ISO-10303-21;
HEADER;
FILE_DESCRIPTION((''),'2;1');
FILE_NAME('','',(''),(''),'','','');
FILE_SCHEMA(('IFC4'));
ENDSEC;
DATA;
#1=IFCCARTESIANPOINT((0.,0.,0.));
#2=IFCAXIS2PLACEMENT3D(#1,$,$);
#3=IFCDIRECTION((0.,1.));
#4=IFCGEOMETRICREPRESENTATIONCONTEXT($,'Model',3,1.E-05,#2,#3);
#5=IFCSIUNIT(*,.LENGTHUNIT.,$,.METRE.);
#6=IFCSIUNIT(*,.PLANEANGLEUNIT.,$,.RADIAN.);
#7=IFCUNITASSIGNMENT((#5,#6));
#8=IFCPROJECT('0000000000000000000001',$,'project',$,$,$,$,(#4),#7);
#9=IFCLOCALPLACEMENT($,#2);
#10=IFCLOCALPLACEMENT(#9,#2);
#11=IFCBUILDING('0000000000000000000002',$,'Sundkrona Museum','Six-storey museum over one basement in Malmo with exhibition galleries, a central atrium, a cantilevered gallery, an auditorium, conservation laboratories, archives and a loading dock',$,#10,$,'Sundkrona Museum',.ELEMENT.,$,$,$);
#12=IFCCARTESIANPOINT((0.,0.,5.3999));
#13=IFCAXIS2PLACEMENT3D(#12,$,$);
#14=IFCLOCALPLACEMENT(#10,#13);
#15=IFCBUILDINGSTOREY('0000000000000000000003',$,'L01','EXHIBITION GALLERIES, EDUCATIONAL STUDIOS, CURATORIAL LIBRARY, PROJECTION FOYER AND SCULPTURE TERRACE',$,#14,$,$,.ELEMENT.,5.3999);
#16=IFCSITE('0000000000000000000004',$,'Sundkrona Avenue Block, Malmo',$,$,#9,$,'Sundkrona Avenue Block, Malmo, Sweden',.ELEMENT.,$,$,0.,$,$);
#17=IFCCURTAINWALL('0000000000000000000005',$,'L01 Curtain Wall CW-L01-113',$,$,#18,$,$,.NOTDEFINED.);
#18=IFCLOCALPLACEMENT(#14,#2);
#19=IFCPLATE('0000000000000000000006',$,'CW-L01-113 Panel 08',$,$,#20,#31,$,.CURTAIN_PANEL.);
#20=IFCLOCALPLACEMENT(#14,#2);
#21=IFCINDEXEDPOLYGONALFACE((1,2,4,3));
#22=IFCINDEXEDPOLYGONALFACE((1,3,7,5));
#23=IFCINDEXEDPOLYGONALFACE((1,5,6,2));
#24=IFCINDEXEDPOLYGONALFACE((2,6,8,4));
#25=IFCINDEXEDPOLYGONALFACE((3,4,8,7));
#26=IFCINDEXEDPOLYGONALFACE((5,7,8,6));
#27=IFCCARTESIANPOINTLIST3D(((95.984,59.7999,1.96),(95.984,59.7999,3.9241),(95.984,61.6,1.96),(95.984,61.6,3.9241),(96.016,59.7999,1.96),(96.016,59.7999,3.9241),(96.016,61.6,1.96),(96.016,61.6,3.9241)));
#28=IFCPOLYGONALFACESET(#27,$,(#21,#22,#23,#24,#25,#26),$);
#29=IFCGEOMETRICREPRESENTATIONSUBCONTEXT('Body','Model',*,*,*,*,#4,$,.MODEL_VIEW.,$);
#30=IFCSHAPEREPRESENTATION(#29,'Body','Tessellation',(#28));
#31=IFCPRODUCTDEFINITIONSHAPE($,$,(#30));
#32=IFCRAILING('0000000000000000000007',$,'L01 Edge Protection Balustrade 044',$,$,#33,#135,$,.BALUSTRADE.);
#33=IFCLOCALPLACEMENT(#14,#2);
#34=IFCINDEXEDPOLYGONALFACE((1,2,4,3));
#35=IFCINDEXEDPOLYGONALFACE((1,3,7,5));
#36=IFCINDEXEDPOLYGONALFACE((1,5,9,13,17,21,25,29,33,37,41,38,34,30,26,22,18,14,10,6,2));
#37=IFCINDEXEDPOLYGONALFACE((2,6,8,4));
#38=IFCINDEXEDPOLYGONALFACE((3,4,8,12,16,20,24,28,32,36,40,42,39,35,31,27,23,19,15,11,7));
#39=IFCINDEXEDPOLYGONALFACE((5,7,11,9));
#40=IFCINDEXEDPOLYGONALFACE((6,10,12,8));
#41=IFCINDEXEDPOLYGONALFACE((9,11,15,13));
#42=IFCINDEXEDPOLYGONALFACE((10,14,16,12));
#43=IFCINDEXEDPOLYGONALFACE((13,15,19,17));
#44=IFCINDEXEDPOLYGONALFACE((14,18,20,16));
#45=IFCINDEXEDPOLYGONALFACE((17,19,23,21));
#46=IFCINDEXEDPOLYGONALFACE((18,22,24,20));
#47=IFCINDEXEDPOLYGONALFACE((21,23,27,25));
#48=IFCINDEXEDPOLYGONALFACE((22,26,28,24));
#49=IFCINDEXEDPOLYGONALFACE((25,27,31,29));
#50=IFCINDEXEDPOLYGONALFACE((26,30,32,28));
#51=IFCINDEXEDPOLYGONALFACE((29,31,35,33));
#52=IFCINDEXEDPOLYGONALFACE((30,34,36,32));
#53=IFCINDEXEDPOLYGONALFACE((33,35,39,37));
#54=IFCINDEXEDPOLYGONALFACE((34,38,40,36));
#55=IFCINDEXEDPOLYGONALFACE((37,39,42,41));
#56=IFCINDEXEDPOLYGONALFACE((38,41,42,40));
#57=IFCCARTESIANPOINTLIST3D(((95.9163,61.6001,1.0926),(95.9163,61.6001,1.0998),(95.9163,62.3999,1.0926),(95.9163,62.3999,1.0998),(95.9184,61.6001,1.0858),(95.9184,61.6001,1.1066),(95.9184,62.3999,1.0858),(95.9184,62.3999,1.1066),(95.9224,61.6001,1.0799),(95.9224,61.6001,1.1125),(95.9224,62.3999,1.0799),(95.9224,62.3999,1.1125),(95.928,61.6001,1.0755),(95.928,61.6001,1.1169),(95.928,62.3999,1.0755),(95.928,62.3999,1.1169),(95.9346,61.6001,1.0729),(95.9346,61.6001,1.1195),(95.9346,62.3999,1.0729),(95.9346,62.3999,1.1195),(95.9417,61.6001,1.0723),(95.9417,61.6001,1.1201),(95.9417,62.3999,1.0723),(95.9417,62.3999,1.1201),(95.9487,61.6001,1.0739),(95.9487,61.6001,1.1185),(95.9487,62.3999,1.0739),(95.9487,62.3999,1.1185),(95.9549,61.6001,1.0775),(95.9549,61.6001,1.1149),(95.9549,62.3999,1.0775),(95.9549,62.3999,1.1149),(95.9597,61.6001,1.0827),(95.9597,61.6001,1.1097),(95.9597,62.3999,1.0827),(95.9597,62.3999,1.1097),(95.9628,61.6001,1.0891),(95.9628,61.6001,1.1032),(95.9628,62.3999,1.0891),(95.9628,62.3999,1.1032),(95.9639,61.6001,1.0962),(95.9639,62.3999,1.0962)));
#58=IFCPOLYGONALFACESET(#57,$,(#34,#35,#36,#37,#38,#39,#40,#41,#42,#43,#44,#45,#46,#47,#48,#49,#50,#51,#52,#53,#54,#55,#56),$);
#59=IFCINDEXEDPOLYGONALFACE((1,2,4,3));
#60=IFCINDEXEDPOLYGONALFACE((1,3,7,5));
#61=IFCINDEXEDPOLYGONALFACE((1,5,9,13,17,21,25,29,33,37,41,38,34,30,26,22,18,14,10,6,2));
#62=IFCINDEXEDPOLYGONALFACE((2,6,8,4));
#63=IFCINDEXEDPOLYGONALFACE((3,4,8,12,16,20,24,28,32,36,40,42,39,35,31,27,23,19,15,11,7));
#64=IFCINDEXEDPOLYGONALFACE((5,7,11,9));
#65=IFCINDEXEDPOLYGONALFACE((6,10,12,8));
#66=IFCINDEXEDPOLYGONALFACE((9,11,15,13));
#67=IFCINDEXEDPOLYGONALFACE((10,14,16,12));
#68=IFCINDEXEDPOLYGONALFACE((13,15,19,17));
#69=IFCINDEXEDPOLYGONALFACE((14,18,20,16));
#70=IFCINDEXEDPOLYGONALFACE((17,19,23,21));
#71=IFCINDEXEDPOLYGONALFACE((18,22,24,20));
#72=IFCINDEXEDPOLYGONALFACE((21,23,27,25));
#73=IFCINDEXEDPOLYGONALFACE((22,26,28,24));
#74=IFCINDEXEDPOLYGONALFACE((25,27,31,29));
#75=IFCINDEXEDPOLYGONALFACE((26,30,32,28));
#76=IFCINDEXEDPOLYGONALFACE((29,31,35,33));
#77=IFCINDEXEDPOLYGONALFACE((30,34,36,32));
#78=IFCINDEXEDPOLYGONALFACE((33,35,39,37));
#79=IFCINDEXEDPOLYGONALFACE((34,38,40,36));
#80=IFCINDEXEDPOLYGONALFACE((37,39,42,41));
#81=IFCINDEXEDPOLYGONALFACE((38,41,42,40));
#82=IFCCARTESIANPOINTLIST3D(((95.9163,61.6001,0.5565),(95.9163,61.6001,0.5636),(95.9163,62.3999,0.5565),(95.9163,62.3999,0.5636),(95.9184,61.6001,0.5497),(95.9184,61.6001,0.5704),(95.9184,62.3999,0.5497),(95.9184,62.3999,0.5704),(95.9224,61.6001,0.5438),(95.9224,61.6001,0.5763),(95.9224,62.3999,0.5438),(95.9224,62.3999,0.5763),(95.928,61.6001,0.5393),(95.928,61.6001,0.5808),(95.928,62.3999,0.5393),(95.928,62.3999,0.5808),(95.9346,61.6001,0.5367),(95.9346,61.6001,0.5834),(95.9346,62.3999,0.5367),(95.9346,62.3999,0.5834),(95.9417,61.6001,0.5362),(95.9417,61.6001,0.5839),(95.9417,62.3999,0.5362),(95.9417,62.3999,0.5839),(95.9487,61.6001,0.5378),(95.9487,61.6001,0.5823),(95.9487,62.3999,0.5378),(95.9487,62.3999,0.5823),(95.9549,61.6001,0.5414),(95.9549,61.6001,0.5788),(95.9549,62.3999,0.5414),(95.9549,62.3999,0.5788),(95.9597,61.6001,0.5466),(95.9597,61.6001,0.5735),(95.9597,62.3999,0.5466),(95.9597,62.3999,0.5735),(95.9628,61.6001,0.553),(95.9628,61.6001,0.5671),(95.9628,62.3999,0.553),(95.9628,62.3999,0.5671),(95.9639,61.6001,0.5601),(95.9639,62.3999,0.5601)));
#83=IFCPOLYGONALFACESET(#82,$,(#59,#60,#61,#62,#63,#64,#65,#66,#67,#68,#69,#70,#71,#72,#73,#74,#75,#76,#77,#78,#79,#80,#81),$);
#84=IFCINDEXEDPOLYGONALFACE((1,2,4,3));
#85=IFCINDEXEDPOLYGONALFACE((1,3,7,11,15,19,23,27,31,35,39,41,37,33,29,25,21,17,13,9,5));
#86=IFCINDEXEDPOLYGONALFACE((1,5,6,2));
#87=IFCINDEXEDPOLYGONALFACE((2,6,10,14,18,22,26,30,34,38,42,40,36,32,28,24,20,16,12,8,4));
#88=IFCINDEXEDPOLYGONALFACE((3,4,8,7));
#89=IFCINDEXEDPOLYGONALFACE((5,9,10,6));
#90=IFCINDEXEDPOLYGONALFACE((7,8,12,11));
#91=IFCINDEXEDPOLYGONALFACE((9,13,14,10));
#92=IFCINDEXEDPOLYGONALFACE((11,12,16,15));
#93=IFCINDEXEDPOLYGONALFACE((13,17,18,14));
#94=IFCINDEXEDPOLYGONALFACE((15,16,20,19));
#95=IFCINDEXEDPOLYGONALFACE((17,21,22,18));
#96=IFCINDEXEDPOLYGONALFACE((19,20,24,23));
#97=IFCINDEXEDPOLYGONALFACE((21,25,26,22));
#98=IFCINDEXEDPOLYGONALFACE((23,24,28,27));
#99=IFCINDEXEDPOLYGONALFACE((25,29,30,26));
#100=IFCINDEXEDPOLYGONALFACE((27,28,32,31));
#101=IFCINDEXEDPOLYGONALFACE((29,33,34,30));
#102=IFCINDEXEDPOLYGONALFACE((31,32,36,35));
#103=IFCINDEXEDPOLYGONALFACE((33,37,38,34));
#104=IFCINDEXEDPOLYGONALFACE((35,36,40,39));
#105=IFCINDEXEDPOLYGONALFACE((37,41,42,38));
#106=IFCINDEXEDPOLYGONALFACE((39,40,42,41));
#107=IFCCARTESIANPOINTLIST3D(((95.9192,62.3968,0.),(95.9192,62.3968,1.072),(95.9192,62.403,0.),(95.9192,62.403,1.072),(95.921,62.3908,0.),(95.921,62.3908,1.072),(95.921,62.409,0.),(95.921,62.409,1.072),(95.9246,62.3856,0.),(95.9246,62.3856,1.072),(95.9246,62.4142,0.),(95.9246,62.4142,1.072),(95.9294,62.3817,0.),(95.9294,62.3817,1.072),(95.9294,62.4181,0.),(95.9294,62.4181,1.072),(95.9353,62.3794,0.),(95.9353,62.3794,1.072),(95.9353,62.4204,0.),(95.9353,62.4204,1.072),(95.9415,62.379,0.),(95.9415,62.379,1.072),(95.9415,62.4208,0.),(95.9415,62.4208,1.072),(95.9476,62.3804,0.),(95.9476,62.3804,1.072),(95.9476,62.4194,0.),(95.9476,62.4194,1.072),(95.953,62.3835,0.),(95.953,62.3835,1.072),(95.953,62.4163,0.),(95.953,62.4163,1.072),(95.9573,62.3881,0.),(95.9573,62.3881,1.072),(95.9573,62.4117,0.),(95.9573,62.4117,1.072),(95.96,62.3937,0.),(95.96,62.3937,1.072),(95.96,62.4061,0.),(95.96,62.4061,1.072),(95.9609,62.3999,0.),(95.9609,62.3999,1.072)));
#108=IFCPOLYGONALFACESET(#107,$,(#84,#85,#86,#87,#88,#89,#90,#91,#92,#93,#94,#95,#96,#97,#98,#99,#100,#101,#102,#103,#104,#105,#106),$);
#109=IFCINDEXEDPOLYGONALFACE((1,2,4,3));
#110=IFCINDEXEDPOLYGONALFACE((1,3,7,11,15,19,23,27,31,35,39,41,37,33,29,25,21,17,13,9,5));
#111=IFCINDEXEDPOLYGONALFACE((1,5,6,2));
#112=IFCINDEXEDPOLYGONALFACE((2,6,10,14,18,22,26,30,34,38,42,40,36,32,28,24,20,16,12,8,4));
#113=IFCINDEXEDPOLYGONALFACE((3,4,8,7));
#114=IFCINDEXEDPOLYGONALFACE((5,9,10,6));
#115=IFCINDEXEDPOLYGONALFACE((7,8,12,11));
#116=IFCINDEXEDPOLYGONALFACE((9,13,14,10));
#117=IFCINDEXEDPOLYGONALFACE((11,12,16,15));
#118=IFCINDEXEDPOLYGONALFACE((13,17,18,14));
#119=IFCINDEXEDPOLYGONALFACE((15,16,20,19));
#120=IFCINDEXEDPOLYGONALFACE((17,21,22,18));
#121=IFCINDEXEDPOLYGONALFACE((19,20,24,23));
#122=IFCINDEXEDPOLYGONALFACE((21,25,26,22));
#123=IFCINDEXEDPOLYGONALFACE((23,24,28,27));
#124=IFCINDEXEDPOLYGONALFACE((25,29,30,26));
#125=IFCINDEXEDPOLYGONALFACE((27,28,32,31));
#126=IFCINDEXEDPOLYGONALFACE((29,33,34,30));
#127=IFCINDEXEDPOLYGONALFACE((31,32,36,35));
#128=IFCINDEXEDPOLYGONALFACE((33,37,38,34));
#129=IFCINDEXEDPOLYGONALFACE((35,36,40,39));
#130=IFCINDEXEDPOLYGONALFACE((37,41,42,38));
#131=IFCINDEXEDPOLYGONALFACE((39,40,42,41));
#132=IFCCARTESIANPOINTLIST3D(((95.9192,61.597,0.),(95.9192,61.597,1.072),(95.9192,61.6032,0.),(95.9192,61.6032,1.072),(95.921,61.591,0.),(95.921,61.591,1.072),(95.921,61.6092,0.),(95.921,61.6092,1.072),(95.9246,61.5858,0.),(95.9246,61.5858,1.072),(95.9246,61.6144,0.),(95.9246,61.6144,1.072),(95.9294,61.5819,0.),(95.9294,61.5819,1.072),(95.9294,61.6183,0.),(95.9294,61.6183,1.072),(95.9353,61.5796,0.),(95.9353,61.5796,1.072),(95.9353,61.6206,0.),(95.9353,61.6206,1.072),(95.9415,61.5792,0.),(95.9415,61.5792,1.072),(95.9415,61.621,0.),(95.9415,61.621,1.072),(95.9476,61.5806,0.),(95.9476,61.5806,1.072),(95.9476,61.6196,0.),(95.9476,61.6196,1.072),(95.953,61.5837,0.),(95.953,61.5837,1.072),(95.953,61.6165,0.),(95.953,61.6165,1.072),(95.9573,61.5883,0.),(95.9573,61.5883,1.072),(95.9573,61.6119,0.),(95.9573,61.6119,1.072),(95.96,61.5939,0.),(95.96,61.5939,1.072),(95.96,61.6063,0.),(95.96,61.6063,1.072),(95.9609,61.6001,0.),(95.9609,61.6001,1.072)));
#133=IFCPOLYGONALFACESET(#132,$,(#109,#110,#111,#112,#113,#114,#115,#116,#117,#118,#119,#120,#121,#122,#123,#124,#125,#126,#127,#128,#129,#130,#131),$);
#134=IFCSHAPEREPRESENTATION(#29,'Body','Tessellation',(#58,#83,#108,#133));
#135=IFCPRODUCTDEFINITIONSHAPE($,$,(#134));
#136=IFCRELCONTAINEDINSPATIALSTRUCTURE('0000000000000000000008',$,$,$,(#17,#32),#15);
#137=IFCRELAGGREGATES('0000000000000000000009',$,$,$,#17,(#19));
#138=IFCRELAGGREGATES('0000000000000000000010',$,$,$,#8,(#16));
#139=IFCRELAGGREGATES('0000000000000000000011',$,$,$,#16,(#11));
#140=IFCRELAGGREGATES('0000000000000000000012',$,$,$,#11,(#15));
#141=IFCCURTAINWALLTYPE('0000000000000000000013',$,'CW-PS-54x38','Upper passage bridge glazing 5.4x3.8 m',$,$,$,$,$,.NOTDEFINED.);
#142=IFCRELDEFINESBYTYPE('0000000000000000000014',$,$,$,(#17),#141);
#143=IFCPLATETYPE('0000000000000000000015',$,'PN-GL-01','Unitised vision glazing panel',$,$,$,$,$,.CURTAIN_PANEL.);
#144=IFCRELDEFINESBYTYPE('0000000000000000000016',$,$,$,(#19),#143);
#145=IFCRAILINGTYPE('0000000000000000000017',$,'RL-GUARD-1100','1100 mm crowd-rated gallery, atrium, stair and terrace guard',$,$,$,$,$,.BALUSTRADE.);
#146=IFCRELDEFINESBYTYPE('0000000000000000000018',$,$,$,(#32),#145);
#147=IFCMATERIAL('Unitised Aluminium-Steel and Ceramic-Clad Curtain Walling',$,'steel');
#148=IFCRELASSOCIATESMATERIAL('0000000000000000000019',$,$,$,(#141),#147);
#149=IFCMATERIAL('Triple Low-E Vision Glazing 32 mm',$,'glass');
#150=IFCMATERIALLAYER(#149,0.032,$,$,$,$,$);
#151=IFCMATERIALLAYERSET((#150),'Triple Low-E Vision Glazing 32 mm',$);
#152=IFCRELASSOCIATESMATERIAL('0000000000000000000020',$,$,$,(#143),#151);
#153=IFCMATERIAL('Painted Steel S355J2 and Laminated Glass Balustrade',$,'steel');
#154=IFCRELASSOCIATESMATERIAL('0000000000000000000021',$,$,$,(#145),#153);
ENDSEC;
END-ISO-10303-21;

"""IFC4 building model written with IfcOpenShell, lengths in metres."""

from ifc_helpers import new_model, si_unit, direction, frame, origin, origin_2d, place, context, subcontext, project, spatial, rectangle, circle, extrude, material, layer, layer_set, type_object, element, aggregate, save


model = new_model("IFC4")

# Units and contexts
model_context = context("Model", 3, precision=1e-05, world=origin(), true_north=direction((0.0, 1.0)))
body_context = subcontext(model_context, "Body", "Model", "MODEL_VIEW")
ifc_project = project(units=[si_unit("LENGTHUNIT", "METRE"), si_unit("PLANEANGLEUNIT", "RADIAN")], contexts=[model_context])

# Site, building, storey
site_placement = place(None, origin())
site = spatial("IfcSite", under=ifc_project, at=site_placement, Name="Sundkrona Avenue Block, Malmo", LongName="Sundkrona Avenue Block, Malmo, Sweden", CompositionType="ELEMENT", RefElevation=0.0)
building_placement = place(site_placement, origin())
building = spatial("IfcBuilding", under=site, at=building_placement, Name="Sundkrona Museum", Description="Six-storey museum over one basement in Malmo with exhibition galleries, a central atrium, a cantilevered gallery, an auditorium, conservation laboratories, archives and a loading dock", LongName="Sundkrona Museum", CompositionType="ELEMENT")
storey_placement = place(building_placement, frame((0.0, 0.0, 5.3999)))
storey = spatial("IfcBuildingStorey", under=building, at=storey_placement, Name="L01", Description="EXHIBITION GALLERIES, EDUCATIONAL STUDIOS, CURATORIAL LIBRARY, PROJECTION FOYER AND SCULPTURE TERRACE", CompositionType="ELEMENT", Elevation=5.3999)

# Curtain wall, plate
ifc_material_1 = material(Name="Unitised Aluminium-Steel and Ceramic-Clad Curtain Walling", Category="steel")
curtain_wall_type = type_object("IfcCurtainWallType", Name="CW-PS-54x38", Description="Upper passage bridge glazing 5.4x3.8 m", PredefinedType="NOTDEFINED", material=ifc_material_1)
curtain_wall_placement = place(storey_placement, origin())
curtain_wall = element("IfcCurtainWall", 1, at=curtain_wall_placement, inside=storey, type_object=curtain_wall_type, Name="L01 Curtain Wall CW-L01-113", PredefinedType="NOTDEFINED")
ifc_material_2 = material(Name="Triple Low-E Vision Glazing 32 mm", Category="glass")
ifc_layer = layer(ifc_material_2, 0.032)
ifc_layer_set = layer_set([ifc_layer], Name="Triple Low-E Vision Glazing 32 mm")
plate_type = type_object("IfcPlateType", Name="PN-GL-01", Description="Unitised vision glazing panel", PredefinedType="CURTAIN_PANEL", material=ifc_layer_set)
plate_1_placement = place(storey_placement, frame((96.0, 60.7, 1.96), z_axis=(0.0, 0.0, 1.0), x_axis=(0.0, 1.0, 0.0)))
plate_1 = element("IfcPlate", 2, at=plate_1_placement, type_object=plate_type, Name="CW-L01-113 Panel 08", PredefinedType="CURTAIN_PANEL", context=body_context, shape_type="SweptSolid", body=[
    extrude(rectangle(XDim=1.8, YDim=0.032, at=origin_2d()), origin(), (0.0, 0.0, 1.0), 1.9641),
])
aggregate(curtain_wall, [plate_1])

# Railing
ifc_material_3 = material(Name="Painted Steel S355J2 and Laminated Glass Balustrade", Category="steel")
railing_type = type_object("IfcRailingType", Name="RL-GUARD-1100", Description="1100 mm crowd-rated gallery, atrium, stair and terrace guard", PredefinedType="BALUSTRADE", material=ifc_material_3)
for number, where, name in (
    (3, (95.9399, 62.3999, 0.0), "L01 Edge Protection Balustrade 044"),
):
    element("IfcRailing", number, at=place(storey_placement, frame(where)), inside=storey, type_object=railing_type, Name=name, PredefinedType="BALUSTRADE", context=body_context, shape_type="SweptSolid", body=[
        extrude(circle(Radius=0.0239, at=origin_2d()), frame((0.0, 0.0, 1.0962), z_axis=(0.0, -1.0, 0.0), x_axis=(1.0, 0.0, 0.0)), (0.0, 0.0, 1.0), 0.7998),
        extrude(circle(Radius=0.0239, at=origin_2d()), frame((0.0, 0.0, 0.5601), z_axis=(0.0, -1.0, 0.0), x_axis=(1.0, 0.0, 0.0)), (0.0, 0.0, 1.0), 0.7998),
        extrude(circle(Radius=0.021, at=origin_2d()), origin(), (0.0, 0.0, 1.0), 1.072),
        extrude(circle(Radius=0.021, at=origin_2d()), frame((0.0, -0.7998, 0.0)), (0.0, 0.0, 1.0), 1.072),
    ])

save(model, "model.ifc")
